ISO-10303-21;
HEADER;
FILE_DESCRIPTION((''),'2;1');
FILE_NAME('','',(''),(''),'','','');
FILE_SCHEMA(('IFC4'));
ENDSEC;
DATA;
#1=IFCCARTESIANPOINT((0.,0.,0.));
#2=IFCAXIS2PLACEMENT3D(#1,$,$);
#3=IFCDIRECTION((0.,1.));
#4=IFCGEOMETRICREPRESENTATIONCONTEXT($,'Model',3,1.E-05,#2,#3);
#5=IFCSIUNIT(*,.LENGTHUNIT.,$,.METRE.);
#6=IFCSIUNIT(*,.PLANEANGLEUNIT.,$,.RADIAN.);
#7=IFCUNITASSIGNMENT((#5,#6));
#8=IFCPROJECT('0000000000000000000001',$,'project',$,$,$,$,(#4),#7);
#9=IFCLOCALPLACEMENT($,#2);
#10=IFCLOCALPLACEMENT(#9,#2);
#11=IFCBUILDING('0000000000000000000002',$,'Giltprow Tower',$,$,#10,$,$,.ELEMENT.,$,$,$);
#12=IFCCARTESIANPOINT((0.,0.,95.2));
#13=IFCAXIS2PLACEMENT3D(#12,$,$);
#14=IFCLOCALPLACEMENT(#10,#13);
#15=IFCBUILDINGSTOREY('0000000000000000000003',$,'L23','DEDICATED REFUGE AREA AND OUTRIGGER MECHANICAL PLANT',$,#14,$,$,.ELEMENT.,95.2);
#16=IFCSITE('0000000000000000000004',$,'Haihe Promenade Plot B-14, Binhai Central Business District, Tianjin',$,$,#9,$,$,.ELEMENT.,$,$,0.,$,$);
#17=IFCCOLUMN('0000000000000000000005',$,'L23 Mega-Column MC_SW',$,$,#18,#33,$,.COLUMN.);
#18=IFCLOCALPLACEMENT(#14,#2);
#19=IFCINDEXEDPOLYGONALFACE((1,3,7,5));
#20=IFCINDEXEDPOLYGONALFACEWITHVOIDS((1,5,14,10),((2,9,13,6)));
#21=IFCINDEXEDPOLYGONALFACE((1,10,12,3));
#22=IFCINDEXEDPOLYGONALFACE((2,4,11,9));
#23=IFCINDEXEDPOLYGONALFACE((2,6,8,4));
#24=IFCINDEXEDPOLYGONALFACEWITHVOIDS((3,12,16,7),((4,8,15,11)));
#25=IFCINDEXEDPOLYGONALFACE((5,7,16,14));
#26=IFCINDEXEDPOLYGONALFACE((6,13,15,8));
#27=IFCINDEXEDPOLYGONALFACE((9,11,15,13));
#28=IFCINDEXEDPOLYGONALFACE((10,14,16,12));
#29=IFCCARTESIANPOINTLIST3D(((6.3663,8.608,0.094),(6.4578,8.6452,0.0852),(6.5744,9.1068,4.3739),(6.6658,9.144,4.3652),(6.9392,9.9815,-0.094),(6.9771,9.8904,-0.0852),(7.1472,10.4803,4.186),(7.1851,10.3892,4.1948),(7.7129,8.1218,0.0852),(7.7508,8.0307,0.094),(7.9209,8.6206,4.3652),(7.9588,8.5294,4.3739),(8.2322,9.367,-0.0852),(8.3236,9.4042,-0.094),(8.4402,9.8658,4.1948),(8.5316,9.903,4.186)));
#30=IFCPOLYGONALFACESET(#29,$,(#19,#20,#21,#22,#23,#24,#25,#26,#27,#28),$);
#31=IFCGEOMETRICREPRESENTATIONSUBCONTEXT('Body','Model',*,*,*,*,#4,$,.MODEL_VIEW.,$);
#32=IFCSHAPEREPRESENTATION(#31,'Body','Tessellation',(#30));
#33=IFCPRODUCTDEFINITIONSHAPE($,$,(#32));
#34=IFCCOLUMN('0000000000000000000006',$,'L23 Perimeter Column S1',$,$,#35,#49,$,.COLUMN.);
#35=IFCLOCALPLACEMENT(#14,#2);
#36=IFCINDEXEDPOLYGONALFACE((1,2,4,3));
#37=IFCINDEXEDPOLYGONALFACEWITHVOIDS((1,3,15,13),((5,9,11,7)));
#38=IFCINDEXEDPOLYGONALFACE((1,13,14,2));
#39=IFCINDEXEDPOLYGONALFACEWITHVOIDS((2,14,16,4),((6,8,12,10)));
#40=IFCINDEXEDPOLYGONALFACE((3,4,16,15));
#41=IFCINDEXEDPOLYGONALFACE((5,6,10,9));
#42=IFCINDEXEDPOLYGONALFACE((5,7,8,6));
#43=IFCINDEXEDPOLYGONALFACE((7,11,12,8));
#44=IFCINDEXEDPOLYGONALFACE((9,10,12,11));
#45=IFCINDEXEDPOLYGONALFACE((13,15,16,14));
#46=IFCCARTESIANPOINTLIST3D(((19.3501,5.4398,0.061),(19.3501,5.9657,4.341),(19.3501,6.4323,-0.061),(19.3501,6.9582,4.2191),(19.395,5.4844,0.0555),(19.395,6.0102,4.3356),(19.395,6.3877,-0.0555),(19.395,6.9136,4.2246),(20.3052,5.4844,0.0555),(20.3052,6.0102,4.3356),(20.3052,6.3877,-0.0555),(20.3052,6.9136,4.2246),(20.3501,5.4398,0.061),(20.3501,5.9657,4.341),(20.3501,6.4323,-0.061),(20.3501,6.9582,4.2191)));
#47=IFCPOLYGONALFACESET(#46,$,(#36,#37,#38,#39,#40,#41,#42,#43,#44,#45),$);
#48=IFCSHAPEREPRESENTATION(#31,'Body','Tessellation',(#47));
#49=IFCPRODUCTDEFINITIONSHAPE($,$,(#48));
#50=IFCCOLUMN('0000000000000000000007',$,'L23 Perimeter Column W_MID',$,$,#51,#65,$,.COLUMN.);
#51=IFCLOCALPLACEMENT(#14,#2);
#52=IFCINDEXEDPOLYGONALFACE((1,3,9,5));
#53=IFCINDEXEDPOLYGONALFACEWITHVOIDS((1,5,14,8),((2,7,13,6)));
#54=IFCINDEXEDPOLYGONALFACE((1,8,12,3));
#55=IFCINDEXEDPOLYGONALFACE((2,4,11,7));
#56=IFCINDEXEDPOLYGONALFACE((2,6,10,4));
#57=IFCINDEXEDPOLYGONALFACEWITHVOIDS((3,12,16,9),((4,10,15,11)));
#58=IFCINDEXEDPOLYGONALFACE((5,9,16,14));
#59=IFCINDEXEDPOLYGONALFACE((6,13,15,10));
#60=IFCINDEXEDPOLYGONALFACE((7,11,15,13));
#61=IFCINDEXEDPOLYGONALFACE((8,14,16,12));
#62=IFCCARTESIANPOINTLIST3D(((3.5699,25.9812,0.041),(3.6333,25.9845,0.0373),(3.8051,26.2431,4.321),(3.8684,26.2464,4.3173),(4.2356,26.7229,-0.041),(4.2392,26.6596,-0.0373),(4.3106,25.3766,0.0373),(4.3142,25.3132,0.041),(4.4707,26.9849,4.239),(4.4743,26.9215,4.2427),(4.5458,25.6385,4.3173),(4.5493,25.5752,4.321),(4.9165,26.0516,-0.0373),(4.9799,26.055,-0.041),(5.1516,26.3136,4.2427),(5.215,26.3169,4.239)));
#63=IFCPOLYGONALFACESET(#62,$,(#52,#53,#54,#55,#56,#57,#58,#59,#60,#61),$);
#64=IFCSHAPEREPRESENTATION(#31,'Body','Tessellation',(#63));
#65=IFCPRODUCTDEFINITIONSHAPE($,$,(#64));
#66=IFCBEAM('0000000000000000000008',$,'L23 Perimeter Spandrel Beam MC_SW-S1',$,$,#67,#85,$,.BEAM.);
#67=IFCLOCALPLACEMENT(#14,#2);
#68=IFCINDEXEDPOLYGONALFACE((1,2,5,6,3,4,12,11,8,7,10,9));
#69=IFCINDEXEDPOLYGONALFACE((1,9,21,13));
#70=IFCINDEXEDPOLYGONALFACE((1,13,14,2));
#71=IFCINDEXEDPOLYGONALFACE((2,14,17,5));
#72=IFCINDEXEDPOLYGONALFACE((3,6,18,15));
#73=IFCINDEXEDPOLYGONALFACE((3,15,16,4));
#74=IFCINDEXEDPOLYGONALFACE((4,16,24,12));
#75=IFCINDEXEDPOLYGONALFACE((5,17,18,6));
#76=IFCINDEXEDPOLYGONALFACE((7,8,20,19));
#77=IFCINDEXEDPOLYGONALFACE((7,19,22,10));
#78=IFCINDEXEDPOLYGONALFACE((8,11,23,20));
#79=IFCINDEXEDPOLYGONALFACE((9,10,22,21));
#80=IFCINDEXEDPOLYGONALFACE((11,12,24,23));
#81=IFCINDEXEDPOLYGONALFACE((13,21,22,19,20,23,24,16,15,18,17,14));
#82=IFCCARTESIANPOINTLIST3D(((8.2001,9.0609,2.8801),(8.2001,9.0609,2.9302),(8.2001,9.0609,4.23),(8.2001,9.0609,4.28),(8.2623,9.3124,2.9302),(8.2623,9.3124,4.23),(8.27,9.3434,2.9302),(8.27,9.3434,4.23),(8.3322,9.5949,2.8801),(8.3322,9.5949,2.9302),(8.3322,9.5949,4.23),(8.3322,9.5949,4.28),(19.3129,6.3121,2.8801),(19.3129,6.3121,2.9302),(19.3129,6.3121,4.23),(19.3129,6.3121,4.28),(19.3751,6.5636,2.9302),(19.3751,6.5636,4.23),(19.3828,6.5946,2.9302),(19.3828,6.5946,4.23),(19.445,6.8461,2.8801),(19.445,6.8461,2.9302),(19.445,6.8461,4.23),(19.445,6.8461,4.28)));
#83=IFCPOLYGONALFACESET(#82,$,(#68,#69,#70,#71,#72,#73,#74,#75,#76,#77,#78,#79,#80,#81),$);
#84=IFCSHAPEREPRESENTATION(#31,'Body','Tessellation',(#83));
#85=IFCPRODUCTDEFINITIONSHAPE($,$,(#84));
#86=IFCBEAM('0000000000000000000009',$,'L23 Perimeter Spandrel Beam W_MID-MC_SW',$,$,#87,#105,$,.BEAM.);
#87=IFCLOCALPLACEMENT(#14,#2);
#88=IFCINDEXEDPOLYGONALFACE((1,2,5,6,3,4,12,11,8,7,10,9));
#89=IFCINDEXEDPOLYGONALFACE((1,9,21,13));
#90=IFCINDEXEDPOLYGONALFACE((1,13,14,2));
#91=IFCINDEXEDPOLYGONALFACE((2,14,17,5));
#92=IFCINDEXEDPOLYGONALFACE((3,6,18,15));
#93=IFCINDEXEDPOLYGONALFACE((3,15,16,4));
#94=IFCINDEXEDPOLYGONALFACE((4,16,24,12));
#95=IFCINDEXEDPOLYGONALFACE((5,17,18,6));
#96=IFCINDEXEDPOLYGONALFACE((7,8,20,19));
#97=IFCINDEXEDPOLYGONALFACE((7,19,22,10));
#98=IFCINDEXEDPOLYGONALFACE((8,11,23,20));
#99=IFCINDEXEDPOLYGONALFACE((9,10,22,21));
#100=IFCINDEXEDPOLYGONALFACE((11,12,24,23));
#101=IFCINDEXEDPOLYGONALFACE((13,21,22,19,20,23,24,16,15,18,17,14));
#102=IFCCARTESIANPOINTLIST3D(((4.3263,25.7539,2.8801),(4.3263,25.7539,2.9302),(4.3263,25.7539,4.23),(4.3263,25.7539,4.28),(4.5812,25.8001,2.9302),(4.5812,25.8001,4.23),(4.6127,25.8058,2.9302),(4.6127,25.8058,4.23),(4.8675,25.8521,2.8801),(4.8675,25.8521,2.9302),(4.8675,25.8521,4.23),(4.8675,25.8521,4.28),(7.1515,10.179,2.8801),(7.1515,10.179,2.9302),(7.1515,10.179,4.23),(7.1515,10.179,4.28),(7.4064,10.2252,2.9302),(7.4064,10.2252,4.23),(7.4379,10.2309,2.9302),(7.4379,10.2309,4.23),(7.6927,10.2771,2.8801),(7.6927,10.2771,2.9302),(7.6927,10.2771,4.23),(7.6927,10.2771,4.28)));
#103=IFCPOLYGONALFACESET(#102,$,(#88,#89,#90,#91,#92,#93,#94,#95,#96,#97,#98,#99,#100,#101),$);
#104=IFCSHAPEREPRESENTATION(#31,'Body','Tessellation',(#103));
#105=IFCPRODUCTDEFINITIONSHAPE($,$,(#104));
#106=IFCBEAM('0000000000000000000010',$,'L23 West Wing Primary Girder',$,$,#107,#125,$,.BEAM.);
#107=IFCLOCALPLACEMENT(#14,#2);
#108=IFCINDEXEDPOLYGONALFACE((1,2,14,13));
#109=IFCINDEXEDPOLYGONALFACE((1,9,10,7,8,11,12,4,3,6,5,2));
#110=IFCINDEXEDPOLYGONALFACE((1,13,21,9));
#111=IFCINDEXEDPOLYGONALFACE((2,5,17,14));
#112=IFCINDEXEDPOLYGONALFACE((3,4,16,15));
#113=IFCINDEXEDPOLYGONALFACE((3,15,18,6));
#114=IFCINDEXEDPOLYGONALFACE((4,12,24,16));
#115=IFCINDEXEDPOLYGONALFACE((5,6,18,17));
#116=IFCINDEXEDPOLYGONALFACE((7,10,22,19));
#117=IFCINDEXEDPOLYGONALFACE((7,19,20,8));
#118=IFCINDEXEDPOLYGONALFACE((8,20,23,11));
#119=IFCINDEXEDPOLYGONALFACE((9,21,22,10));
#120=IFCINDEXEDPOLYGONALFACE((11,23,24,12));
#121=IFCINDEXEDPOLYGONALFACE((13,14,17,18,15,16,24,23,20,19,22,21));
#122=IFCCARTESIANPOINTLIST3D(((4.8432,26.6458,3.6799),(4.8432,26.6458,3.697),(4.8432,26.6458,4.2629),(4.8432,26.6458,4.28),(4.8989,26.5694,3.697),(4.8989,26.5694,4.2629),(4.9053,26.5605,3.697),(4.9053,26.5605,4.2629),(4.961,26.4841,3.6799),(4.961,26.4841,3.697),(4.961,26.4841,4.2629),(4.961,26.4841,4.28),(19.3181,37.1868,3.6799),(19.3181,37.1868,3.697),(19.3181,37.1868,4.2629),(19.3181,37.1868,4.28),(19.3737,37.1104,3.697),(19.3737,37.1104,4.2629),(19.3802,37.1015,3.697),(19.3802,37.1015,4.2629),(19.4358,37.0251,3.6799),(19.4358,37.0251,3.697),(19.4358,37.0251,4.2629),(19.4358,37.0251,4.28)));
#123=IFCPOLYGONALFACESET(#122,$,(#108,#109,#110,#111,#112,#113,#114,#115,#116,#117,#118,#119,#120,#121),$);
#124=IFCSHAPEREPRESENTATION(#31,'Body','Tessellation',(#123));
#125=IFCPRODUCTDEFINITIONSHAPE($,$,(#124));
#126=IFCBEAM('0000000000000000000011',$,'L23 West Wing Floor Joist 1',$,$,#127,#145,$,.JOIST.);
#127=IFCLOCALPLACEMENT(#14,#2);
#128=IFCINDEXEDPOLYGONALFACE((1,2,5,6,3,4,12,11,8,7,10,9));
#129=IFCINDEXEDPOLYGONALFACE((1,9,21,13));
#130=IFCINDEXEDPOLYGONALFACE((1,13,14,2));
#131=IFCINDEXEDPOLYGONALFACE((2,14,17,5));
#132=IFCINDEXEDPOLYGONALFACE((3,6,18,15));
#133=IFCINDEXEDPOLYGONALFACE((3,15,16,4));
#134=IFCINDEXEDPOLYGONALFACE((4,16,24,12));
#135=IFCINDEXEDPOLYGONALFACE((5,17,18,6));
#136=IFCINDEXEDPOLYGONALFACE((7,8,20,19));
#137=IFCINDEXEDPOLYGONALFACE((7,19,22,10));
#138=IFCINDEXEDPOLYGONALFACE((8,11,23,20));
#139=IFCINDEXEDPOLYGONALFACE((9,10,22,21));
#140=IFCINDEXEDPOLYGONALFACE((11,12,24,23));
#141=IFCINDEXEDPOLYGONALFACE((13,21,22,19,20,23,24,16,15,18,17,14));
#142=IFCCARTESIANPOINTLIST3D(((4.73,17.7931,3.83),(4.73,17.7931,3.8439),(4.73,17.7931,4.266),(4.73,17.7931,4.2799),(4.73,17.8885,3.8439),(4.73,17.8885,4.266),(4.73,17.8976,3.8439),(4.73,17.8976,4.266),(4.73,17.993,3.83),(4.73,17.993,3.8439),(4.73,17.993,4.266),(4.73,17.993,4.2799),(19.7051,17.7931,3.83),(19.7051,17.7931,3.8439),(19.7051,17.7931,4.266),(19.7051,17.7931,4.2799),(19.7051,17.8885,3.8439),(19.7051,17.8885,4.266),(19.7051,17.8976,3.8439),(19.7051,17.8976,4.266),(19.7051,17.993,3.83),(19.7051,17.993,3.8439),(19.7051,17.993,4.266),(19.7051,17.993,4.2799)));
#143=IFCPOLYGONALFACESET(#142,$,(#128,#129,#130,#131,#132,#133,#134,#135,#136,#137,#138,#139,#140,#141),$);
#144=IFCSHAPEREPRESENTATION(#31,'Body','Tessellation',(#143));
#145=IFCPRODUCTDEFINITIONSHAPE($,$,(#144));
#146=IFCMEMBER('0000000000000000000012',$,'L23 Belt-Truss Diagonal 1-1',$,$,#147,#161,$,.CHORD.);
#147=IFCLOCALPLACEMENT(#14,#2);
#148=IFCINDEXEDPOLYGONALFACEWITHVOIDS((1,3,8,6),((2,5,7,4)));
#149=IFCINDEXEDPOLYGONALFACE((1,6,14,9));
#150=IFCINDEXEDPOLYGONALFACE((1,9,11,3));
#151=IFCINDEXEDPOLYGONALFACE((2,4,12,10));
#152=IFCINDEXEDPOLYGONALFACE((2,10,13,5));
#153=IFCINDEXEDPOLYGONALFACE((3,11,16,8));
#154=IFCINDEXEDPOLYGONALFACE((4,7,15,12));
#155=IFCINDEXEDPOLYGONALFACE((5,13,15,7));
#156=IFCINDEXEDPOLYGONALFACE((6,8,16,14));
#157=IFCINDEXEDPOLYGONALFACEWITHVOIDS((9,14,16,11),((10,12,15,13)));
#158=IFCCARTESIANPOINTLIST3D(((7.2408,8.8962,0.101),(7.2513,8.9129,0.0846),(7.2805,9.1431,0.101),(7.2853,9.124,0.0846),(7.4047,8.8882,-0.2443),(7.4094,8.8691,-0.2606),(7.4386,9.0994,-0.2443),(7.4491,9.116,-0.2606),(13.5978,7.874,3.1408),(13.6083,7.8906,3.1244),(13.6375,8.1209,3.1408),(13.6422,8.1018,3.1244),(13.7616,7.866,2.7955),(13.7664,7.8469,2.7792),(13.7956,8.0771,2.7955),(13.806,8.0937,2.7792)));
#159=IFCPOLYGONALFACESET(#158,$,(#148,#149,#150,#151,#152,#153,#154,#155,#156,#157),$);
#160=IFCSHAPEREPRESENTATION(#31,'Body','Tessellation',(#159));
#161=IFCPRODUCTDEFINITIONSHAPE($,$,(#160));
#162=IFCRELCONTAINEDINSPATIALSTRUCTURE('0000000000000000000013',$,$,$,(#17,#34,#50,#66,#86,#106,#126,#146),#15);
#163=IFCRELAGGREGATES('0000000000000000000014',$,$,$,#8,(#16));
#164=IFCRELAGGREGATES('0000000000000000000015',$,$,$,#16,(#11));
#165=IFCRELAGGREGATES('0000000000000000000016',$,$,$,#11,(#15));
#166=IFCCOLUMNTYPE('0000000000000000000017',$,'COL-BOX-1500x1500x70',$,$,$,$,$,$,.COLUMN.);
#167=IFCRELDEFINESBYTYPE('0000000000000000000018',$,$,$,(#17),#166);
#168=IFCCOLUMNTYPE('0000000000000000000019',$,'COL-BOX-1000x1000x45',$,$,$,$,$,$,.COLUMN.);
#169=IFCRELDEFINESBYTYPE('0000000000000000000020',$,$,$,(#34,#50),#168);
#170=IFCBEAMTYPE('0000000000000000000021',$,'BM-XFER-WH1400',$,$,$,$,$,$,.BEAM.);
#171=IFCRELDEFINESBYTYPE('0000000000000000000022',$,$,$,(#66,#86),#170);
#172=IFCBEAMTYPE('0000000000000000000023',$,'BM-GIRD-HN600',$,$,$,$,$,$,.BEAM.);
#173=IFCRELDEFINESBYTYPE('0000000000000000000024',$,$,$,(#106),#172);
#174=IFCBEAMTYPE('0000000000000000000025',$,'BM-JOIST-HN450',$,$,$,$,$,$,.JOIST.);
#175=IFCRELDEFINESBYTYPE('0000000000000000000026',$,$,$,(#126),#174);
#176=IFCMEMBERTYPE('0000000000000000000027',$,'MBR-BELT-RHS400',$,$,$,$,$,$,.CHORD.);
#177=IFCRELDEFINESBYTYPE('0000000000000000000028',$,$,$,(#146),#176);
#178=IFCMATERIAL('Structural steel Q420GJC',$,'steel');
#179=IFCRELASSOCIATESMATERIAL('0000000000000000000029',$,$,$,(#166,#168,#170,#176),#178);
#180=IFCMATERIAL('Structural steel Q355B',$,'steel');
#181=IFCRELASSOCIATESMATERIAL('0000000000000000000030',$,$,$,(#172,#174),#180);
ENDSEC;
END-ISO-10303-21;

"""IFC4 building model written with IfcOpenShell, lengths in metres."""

from ifc_helpers import new_model, si_unit, direction, frame, origin, origin_2d, place, context, subcontext, project, spatial, hollow_rectangle, i_section, extrude, source, transform, mapped, material, material_profile, profile_set, type_object, element, save


model = new_model("IFC4")

# Units and contexts
model_context = context("Model", 3, precision=1e-05, world=origin(), true_north=direction((0.0, 1.0)))
body_context = subcontext(model_context, "Body", "Model", "MODEL_VIEW")
ifc_project = project(units=[si_unit("LENGTHUNIT", "METRE"), si_unit("PLANEANGLEUNIT", "RADIAN")], contexts=[model_context])

# Site, building, storey
site_placement = place(None, origin())
site = spatial("IfcSite", under=ifc_project, at=site_placement, Name="Haihe Promenade Plot B-14, Binhai Central Business District, Tianjin", CompositionType="ELEMENT", RefElevation=0.0)
building_placement = place(site_placement, origin())
building = spatial("IfcBuilding", under=site, at=building_placement, Name="Giltprow Tower", CompositionType="ELEMENT")
storey_placement = place(building_placement, frame((0.0, 0.0, 95.2)))
storey = spatial("IfcBuildingStorey", under=building, at=storey_placement, Name="L23", Description="DEDICATED REFUGE AREA AND OUTRIGGER MECHANICAL PLANT", CompositionType="ELEMENT", Elevation=95.2)

# Columns
ifc_material_1 = material(Name="Structural steel Q420GJC", Category="steel")
ifc_material_profile_1 = material_profile(ifc_material_1, hollow_rectangle(XDim=1.5, YDim=1.5, WallThickness=0.0701, at=origin_2d()), Name="BOX 1500x1500x70")
ifc_profile_set_1 = profile_set([ifc_material_profile_1], Name="Structural steel Q420GJC")
column_type_1 = type_object("IfcColumnType", Name="COL-BOX-1500x1500x70", PredefinedType="COLUMN", material=ifc_profile_set_1)
shared_shape_1 = source(origin(), body_context, "Body", "SweptSolid", [
    extrude(hollow_rectangle(XDim=1.5, YDim=1.5, WallThickness=0.0701, at=origin_2d()), origin(), (0.0, 0.0, 1.0), 4.314),
])
column_1_placement = place(storey_placement, frame((7.345, 9.0061, 0.0), z_axis=(0.048217, 0.115618, 0.992123), x_axis=(-0.922957, 0.384904, 0.0)))
element("IfcColumn", 1, at=column_1_placement, inside=storey, type_object=column_type_1, Name="L23 Mega-Column MC_SW", PredefinedType="COLUMN", context=body_context, shape_type="MappedRepresentation", body=[
    mapped(shared_shape_1, transform((0.0, 0.0, 0.0), x_axis=(1.0, 0.0, 0.0), y_axis=(0.0, 1.0, 0.0), z_axis=(0.0, 0.0, 1.0), scale=1.0)),
])
ifc_material_profile_2 = material_profile(ifc_material_1, hollow_rectangle(XDim=1.0, YDim=1.0, WallThickness=0.0449, at=origin_2d()), Name="BOX 1000x1000x45")
ifc_profile_set_2 = profile_set([ifc_material_profile_2], Name="Structural steel Q420GJC")
column_type_2 = type_object("IfcColumnType", Name="COL-BOX-1000x1000x45", PredefinedType="COLUMN", material=ifc_profile_set_2)
shared_shape_2 = source(origin(), body_context, "Body", "SweptSolid", [
    extrude(hollow_rectangle(XDim=1.0, YDim=1.0, WallThickness=0.0449, at=origin_2d()), origin(), (0.0, 0.0, 1.0), 4.3123),
])
column_2_placement = place(storey_placement, frame((19.8501, 5.936, 0.0), z_axis=(0.0, 0.121951, 0.992536), x_axis=(-1.0, 0.0, 0.0)))
element("IfcColumn", 2, at=column_2_placement, inside=storey, type_object=column_type_2, Name="L23 Perimeter Column S1", PredefinedType="COLUMN", context=body_context, shape_type="MappedRepresentation", body=[
    mapped(shared_shape_2, transform((0.0, 0.0, 0.0), x_axis=(1.0, 0.0, 0.0), y_axis=(0.0, 1.0, 0.0), z_axis=(0.0, 0.0, 1.0), scale=1.0)),
])
shared_shape_3 = source(origin(), body_context, "Body", "SweptSolid", [
    extrude(hollow_rectangle(XDim=1.0, YDim=1.0, WallThickness=0.0449, at=origin_2d()), origin(), (0.0, 0.0, 1.0), 4.2944),
])
column_3_placement = place(storey_placement, frame((4.2749, 26.0181, 0.0), z_axis=(0.054746, 0.061, 0.996635), x_axis=(-0.744225, 0.667929, 0.0)))
element("IfcColumn", 3, at=column_3_placement, inside=storey, type_object=column_type_2, Name="L23 Perimeter Column W_MID", PredefinedType="COLUMN", context=body_context, shape_type="MappedRepresentation", body=[
    mapped(shared_shape_3, transform((0.0, 0.0, 0.0), x_axis=(1.0, 0.0, 0.0), y_axis=(0.0, 1.0, 0.0), z_axis=(0.0, 0.0, 1.0), scale=1.0)),
])

# Beams
ifc_material_profile_3 = material_profile(ifc_material_1, i_section(OverallWidth=0.55, OverallDepth=1.3999, WebThickness=0.032, FlangeThickness=0.05, at=origin_2d()), Name="WH 1400x550x32x50")
ifc_profile_set_3 = profile_set([ifc_material_profile_3], Name="Structural steel Q420GJC")
beam_type_1 = type_object("IfcBeamType", Name="BM-XFER-WH1400", PredefinedType="BEAM", material=ifc_profile_set_3)
shared_shape_4 = source(origin(), body_context, "Body", "SweptSolid", [
    extrude(i_section(OverallWidth=0.55, OverallDepth=1.3999, WebThickness=0.032, FlangeThickness=0.05, at=origin_2d()), origin(), (0.0, 0.0, 1.0), 11.4478),
])
beam_1_placement = place(storey_placement, frame((8.2661, 9.3279, 3.5801), z_axis=(0.970744, -0.240116, 0.0), x_axis=(0.240116, 0.970744, 0.0)))
element("IfcBeam", 4, at=beam_1_placement, inside=storey, type_object=beam_type_1, Name="L23 Perimeter Spandrel Beam MC_SW-S1", PredefinedType="BEAM", context=body_context, shape_type="MappedRepresentation", body=[
    mapped(shared_shape_4, transform((0.0, 0.0, 0.0), x_axis=(1.0, 0.0, 0.0), y_axis=(0.0, 1.0, 0.0), z_axis=(0.0, 0.0, 1.0), scale=1.0)),
])
shared_shape_5 = source(origin(), body_context, "Body", "SweptSolid", [
    extrude(i_section(OverallWidth=0.55, OverallDepth=1.3999, WebThickness=0.032, FlangeThickness=0.05, at=origin_2d()), origin(), (0.0, 0.0, 1.0), 15.8291),
])
beam_2_placement = place(storey_placement, frame((4.5969, 25.803, 3.5801), z_axis=(0.178481, -0.983943, 0.0), x_axis=(0.983943, 0.178481, 0.0)))
element("IfcBeam", 5, at=beam_2_placement, inside=storey, type_object=beam_type_1, Name="L23 Perimeter Spandrel Beam W_MID-MC_SW", PredefinedType="BEAM", context=body_context, shape_type="MappedRepresentation", body=[
    mapped(shared_shape_5, transform((0.0, 0.0, 0.0), x_axis=(1.0, 0.0, 0.0), y_axis=(0.0, 1.0, 0.0), z_axis=(0.0, 0.0, 1.0), scale=1.0)),
])
ifc_material_2 = material(Name="Structural steel Q355B", Category="steel")
ifc_material_profile_4 = material_profile(ifc_material_2, i_section(OverallWidth=0.2, OverallDepth=0.6001, WebThickness=0.011, FlangeThickness=0.0171, at=origin_2d()), Name="HN 600x200x11x17")
ifc_profile_set_4 = profile_set([ifc_material_profile_4], Name="Structural steel Q355B")
beam_type_2 = type_object("IfcBeamType", Name="BM-GIRD-HN600", PredefinedType="BEAM", material=ifc_profile_set_4)
shared_shape_6 = source(origin(), body_context, "Body", "SweptSolid", [
    extrude(i_section(OverallWidth=0.2, OverallDepth=0.6001, WebThickness=0.011, FlangeThickness=0.0171, at=origin_2d()), origin(), (0.0, 0.0, 1.0), 17.9062),
])
beam_3_placement = place(storey_placement, frame((4.9021, 26.5649, 3.98), z_axis=(0.808368, 0.588677, 0.0), x_axis=(-0.588677, 0.808368, 0.0)))
element("IfcBeam", 6, at=beam_3_placement, inside=storey, type_object=beam_type_2, Name="L23 West Wing Primary Girder", PredefinedType="BEAM", context=body_context, shape_type="MappedRepresentation", body=[
    mapped(shared_shape_6, transform((0.0, 0.0, 0.0), x_axis=(1.0, 0.0, 0.0), y_axis=(0.0, 1.0, 0.0), z_axis=(0.0, 0.0, 1.0), scale=1.0)),
])
ifc_material_profile_5 = material_profile(ifc_material_2, i_section(OverallWidth=0.2, OverallDepth=0.45, WebThickness=0.009, FlangeThickness=0.0139, at=origin_2d()), Name="HN 450x200x9x14")
ifc_profile_set_5 = profile_set([ifc_material_profile_5], Name="Structural steel Q355B")
beam_type_3 = type_object("IfcBeamType", Name="BM-JOIST-HN450", PredefinedType="JOIST", material=ifc_profile_set_5)
shared_shape_7 = source(origin(), body_context, "Body", "SweptSolid", [
    extrude(i_section(OverallWidth=0.2, OverallDepth=0.45, WebThickness=0.009, FlangeThickness=0.0139, at=origin_2d()), origin(), (0.0, 0.0, 1.0), 14.9751),
])
beam_4_placement = place(storey_placement, frame((4.73, 17.8931, 4.0549), z_axis=(1.0, 0.0, 0.0), x_axis=(0.0, 1.0, 0.0)))
element("IfcBeam", 7, at=beam_4_placement, inside=storey, type_object=beam_type_3, Name="L23 West Wing Floor Joist 1", PredefinedType="JOIST", context=body_context, shape_type="MappedRepresentation", body=[
    mapped(shared_shape_7, transform((0.0, 0.0, 0.0), x_axis=(1.0, 0.0, 0.0), y_axis=(0.0, 1.0, 0.0), z_axis=(0.0, 0.0, 1.0), scale=1.0)),
])

# Member
ifc_material_profile_6 = material_profile(ifc_material_1, hollow_rectangle(XDim=0.25, YDim=0.3999, WallThickness=0.0181, at=origin_2d()), Name="RHS 400x250x18")
ifc_profile_set_6 = profile_set([ifc_material_profile_6], Name="Structural steel Q420GJC")
member_type = type_object("IfcMemberType", Name="MBR-BELT-RHS400", PredefinedType="CHORD", material=ifc_profile_set_6)
shared_shape_8 = source(origin(), body_context, "Body", "SweptSolid", [
    extrude(hollow_rectangle(XDim=0.25, YDim=0.3999, WallThickness=0.0181, at=origin_2d()), origin(), (0.0, 0.0, 1.0), 7.1201),
])
member_1_placement = place(storey_placement, frame((7.345, 9.0061, -0.0798), z_axis=(0.892815, -0.143568, 0.426931), x_axis=(0.158764, 0.987317, 0.0)))
element("IfcMember", 8, at=member_1_placement, inside=storey, type_object=member_type, Name="L23 Belt-Truss Diagonal 1-1", PredefinedType="CHORD", context=body_context, shape_type="MappedRepresentation", body=[
    mapped(shared_shape_8, transform((0.0, 0.0, 0.0), x_axis=(1.0, 0.0, 0.0), y_axis=(0.0, 1.0, 0.0), z_axis=(0.0, 0.0, 1.0), scale=1.0)),
])

save(model, "model.ifc")
